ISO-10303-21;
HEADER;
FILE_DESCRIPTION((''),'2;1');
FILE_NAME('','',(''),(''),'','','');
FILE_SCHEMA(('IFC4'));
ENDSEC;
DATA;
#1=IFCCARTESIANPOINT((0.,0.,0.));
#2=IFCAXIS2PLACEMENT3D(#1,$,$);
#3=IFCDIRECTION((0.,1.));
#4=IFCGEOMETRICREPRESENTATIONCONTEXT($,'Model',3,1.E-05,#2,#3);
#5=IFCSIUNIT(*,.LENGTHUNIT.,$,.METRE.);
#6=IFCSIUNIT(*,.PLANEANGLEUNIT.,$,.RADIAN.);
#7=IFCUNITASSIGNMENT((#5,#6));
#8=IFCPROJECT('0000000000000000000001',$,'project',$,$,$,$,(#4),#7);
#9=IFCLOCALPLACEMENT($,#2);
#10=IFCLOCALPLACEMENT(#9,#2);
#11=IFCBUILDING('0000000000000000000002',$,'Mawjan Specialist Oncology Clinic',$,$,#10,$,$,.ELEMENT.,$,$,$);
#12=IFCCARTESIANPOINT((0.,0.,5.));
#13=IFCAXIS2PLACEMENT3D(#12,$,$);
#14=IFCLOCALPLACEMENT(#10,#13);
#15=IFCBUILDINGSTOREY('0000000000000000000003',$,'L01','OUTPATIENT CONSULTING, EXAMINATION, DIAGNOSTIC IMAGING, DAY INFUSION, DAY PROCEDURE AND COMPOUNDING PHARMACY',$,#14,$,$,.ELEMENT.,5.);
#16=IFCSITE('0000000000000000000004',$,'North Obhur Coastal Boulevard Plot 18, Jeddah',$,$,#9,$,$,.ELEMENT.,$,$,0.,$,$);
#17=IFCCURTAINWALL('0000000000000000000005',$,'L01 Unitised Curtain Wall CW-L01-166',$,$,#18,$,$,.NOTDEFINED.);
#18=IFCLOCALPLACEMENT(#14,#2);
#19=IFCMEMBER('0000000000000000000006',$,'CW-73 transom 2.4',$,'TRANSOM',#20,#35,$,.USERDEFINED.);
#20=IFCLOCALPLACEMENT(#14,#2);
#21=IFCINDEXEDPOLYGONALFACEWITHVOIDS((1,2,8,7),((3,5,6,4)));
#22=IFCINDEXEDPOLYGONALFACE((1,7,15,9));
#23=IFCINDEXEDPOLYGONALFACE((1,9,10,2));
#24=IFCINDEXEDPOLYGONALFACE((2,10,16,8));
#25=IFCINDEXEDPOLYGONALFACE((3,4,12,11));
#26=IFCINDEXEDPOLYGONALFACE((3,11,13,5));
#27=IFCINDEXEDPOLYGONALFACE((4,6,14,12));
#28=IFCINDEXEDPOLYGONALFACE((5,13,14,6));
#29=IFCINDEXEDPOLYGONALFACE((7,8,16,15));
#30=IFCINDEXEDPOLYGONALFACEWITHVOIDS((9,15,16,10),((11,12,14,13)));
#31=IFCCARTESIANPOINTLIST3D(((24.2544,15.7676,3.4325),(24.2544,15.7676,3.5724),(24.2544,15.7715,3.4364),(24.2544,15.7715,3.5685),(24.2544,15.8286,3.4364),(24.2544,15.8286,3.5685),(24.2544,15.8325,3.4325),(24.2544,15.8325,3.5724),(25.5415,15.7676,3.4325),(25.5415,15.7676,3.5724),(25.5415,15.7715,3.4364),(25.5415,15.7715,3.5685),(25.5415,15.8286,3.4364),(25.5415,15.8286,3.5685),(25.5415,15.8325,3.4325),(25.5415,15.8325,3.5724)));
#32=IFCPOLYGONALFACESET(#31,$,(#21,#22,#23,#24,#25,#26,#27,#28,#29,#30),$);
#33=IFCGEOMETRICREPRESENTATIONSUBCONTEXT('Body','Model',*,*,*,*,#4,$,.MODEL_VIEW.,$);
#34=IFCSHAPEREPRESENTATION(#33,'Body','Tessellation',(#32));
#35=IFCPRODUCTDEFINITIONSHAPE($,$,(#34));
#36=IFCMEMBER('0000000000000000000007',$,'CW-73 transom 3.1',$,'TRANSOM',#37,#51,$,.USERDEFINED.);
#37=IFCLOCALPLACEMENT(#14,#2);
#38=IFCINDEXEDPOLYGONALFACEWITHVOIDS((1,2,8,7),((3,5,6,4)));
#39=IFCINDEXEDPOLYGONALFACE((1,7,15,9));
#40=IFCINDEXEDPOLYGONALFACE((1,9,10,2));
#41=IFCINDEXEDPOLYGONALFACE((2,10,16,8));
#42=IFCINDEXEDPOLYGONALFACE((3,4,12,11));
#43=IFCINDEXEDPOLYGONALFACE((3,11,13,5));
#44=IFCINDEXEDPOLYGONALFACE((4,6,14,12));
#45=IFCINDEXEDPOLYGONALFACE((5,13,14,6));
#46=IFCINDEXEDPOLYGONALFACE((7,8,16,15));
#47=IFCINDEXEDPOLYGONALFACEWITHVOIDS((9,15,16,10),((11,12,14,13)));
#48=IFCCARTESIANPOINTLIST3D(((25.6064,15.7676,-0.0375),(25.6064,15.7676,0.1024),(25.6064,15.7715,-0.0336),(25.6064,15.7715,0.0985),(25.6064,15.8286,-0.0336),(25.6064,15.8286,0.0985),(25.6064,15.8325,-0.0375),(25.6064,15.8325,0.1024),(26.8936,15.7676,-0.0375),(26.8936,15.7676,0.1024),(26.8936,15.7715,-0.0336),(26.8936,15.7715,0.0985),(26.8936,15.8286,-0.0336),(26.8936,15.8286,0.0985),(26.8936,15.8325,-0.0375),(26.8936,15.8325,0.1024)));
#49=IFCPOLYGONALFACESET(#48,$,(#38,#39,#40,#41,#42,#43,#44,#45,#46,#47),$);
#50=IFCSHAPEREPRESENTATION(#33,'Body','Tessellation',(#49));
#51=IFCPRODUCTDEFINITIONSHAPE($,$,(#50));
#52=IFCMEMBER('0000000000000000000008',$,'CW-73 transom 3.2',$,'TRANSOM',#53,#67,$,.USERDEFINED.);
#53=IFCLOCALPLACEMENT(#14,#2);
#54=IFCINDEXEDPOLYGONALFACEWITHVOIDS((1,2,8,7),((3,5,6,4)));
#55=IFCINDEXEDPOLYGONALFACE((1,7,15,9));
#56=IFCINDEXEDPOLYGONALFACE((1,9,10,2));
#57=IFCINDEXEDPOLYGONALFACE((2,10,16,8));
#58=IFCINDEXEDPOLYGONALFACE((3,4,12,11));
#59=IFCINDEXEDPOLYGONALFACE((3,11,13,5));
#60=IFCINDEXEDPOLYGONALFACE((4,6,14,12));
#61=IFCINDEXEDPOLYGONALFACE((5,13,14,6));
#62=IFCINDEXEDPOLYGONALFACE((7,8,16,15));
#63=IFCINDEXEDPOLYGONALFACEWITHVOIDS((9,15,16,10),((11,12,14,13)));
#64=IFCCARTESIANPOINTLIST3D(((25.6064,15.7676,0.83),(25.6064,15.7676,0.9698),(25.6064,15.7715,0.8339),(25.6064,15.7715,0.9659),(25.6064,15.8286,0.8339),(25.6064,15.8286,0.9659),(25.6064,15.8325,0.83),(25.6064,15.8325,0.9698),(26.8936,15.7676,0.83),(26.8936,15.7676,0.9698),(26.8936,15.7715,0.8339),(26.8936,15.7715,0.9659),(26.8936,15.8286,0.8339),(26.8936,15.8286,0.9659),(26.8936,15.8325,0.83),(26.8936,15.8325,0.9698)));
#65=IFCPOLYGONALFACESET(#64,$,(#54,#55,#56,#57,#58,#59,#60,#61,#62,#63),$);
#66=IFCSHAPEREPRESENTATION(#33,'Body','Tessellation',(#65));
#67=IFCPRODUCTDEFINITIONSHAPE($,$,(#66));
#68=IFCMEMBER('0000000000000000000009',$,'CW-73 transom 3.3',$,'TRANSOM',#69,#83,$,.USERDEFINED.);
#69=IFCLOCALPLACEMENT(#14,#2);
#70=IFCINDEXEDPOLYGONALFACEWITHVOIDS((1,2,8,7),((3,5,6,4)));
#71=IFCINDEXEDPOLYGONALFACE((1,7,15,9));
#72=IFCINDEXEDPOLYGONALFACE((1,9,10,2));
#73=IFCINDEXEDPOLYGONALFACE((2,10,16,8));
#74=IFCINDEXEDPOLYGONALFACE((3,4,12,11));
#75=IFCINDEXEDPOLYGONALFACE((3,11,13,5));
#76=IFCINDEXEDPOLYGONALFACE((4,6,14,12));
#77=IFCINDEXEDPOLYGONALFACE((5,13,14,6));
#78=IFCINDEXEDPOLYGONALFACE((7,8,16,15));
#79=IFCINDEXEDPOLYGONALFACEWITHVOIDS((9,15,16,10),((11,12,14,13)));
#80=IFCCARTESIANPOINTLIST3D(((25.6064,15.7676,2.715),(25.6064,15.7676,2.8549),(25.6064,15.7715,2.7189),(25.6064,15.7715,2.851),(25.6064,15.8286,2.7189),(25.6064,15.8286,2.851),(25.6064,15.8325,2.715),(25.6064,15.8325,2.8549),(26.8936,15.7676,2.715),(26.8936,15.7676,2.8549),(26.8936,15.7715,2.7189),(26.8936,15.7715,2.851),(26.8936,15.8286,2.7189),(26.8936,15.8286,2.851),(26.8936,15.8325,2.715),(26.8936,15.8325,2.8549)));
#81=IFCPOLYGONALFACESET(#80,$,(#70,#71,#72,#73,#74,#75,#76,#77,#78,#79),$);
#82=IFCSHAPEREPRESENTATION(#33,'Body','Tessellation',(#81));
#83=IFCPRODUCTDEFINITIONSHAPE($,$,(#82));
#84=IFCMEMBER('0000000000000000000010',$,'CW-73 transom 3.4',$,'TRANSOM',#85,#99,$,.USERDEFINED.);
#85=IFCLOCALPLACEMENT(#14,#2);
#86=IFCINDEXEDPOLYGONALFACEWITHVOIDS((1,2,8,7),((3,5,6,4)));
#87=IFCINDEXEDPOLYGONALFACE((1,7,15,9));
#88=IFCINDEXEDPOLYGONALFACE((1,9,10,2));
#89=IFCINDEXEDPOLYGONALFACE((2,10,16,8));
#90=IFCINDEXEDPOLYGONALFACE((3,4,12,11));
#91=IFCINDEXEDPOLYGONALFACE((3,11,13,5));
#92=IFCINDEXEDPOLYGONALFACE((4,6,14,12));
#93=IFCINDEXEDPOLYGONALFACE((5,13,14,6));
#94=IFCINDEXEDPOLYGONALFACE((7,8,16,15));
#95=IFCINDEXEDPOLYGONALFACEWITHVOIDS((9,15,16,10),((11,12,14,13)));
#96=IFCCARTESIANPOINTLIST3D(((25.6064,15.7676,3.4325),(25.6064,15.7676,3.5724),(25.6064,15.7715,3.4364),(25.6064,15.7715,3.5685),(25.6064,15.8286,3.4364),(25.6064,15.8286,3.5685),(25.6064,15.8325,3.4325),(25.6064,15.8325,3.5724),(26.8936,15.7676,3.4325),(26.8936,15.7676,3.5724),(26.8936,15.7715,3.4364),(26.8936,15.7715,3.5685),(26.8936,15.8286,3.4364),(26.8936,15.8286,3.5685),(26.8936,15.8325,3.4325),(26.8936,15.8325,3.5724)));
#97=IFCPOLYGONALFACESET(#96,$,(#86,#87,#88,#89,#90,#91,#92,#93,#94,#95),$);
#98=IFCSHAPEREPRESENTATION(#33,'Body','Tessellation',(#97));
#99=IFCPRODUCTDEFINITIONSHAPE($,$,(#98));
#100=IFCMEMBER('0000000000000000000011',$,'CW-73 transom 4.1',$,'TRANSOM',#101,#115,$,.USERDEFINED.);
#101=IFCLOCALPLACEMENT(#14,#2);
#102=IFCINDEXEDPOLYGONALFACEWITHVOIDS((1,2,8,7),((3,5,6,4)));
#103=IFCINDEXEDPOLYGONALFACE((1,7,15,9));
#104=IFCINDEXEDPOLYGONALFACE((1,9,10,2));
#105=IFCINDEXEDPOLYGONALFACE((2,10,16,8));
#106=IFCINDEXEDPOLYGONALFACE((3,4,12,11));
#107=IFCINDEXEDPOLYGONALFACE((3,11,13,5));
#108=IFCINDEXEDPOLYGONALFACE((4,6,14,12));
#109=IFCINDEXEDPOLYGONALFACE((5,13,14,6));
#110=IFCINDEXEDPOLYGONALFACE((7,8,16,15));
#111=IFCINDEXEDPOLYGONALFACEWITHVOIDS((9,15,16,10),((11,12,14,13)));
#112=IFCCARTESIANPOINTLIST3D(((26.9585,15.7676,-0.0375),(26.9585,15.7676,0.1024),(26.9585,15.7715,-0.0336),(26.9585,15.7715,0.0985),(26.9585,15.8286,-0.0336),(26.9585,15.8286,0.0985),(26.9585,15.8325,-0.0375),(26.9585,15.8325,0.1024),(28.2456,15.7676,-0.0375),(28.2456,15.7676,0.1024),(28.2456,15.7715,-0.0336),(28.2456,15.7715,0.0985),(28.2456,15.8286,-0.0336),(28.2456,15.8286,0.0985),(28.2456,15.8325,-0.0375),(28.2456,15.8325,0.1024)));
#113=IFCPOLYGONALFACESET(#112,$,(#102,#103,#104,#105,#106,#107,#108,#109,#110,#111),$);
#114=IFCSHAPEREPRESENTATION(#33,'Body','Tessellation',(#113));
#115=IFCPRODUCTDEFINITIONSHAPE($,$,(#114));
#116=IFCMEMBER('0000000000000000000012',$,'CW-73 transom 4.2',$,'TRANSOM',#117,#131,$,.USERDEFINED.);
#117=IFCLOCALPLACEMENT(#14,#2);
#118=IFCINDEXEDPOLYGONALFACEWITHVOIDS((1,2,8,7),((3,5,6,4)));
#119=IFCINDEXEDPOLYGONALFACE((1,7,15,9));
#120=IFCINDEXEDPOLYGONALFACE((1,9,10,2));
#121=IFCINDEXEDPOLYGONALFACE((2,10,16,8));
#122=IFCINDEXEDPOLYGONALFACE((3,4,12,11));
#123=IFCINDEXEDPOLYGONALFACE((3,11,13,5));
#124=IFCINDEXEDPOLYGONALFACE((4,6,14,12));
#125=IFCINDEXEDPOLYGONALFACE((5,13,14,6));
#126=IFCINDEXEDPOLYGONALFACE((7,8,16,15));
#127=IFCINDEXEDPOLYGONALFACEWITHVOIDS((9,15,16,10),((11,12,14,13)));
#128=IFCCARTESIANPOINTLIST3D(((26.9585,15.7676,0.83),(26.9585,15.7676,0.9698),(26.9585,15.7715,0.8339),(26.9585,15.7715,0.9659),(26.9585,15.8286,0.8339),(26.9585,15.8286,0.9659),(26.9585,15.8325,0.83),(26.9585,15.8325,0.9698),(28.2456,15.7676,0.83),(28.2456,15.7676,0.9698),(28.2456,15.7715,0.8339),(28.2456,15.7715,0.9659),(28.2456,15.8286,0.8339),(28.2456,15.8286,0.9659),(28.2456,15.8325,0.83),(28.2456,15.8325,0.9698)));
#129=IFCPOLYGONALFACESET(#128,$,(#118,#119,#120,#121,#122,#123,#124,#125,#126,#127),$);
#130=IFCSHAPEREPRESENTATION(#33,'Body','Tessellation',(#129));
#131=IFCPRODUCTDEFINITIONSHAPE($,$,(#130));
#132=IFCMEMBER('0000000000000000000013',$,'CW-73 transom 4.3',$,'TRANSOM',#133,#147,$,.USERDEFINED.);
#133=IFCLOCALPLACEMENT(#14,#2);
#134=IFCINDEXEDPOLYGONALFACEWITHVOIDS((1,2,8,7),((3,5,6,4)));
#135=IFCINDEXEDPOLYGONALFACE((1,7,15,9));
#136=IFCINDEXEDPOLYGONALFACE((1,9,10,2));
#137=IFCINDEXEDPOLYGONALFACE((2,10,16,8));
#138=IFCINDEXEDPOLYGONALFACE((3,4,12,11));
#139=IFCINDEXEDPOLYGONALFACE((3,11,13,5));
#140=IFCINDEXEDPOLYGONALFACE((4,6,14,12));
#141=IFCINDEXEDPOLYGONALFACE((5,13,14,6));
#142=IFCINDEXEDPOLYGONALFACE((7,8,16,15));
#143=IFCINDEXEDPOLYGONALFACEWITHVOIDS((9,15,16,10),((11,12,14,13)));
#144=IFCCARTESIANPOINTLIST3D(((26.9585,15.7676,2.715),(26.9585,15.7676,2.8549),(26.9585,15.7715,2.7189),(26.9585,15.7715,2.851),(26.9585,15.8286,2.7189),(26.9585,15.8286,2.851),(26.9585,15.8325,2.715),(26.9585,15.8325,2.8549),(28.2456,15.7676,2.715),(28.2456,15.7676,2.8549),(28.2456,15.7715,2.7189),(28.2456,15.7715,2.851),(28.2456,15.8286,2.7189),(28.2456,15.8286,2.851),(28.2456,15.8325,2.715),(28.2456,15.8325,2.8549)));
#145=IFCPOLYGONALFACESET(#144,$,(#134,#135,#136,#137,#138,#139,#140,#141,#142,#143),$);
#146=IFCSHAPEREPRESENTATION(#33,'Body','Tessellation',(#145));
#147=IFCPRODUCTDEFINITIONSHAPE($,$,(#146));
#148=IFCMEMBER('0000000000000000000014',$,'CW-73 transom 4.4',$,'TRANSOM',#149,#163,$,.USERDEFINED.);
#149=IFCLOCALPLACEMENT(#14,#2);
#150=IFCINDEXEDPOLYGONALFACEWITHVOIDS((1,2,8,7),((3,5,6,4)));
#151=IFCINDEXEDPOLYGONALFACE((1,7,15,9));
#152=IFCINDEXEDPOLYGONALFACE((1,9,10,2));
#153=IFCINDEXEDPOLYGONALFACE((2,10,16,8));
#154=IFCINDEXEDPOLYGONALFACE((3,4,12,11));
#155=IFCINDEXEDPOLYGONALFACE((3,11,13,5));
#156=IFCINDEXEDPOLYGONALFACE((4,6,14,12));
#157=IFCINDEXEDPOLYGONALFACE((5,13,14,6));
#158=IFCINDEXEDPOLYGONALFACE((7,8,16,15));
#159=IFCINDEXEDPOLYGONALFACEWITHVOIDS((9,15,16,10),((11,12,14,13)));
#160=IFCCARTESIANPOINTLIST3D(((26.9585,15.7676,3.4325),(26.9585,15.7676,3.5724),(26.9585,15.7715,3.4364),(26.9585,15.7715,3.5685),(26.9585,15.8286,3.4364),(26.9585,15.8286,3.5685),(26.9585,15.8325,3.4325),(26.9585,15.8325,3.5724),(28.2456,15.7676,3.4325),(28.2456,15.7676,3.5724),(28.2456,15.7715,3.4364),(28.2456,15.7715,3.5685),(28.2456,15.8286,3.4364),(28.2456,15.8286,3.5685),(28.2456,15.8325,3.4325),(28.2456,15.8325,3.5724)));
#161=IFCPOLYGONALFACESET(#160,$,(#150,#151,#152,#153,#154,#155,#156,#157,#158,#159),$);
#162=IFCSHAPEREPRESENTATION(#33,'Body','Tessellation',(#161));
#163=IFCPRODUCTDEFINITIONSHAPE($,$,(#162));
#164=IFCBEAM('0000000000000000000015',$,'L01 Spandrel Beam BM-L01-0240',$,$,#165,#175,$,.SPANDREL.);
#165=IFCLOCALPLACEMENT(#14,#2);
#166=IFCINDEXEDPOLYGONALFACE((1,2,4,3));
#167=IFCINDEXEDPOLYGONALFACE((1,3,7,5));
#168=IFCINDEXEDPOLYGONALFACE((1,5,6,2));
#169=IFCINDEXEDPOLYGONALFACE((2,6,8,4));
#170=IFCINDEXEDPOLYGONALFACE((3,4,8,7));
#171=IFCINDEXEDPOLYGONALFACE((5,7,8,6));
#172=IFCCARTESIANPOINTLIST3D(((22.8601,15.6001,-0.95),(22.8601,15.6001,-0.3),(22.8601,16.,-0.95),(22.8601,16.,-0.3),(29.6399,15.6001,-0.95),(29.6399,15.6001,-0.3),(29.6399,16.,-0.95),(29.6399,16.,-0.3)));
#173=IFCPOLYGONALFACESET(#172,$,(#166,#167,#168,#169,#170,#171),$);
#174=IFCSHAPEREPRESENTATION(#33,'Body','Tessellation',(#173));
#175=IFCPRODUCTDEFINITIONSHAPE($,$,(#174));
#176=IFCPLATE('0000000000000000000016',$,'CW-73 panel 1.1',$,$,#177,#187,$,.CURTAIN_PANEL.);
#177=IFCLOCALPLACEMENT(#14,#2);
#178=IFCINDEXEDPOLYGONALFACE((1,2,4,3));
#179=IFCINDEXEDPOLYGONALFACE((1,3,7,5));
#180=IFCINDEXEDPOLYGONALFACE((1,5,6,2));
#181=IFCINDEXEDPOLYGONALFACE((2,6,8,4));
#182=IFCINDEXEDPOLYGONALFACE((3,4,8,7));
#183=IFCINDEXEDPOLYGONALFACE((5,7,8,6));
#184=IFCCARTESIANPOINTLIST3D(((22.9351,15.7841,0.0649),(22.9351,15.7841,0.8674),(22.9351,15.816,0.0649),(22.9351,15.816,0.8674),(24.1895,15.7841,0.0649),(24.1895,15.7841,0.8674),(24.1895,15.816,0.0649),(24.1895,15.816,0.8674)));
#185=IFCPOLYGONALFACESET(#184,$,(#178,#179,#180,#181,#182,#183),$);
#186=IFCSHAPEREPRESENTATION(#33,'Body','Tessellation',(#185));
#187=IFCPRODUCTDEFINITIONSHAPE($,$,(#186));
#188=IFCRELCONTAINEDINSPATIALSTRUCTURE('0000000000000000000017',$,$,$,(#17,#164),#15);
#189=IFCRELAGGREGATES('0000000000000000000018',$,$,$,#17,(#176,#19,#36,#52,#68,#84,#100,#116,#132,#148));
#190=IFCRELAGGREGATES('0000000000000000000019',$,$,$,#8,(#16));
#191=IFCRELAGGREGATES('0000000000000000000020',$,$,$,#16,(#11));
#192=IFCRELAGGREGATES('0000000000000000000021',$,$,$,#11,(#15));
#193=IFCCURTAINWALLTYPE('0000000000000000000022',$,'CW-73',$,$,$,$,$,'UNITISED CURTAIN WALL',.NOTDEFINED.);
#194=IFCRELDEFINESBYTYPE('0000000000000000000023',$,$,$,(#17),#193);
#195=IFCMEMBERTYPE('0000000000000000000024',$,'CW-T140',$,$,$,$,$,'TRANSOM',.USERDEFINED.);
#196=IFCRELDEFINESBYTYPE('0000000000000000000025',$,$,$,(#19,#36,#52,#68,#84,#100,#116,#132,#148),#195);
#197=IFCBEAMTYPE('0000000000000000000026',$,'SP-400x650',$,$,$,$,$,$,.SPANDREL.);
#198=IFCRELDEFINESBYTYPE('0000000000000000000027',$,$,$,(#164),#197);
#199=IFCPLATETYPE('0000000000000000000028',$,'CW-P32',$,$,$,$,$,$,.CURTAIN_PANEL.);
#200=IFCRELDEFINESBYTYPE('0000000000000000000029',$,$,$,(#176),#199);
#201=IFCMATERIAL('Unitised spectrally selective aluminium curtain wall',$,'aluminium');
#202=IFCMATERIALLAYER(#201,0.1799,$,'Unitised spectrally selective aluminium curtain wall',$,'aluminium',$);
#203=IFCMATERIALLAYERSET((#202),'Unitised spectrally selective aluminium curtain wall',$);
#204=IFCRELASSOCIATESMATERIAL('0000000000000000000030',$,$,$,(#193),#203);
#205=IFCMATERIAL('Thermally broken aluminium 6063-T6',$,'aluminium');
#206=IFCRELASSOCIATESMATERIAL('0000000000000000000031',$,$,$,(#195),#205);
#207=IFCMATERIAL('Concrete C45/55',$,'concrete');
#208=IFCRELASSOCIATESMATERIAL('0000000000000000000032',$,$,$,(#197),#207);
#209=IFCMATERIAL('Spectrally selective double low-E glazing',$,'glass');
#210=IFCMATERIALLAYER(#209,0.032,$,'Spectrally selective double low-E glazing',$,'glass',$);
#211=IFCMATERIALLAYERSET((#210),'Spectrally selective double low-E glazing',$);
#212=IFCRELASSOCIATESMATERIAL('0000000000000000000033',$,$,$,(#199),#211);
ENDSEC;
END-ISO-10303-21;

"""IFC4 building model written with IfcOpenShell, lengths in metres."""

from ifc_helpers import new_model, si_unit, direction, frame, origin, origin_2d, place, context, subcontext, project, spatial, rectangle, hollow_rectangle, extrude, material, layer, layer_set, material_profile, profile_set, type_object, element, aggregate, save


model = new_model("IFC4")

# Units and contexts
model_context = context("Model", 3, precision=1e-05, world=origin(), true_north=direction((0.0, 1.0)))
body_context = subcontext(model_context, "Body", "Model", "MODEL_VIEW")
ifc_project = project(units=[si_unit("LENGTHUNIT", "METRE"), si_unit("PLANEANGLEUNIT", "RADIAN")], contexts=[model_context])

# Site, building, storey
site_placement = place(None, origin())
site = spatial("IfcSite", under=ifc_project, at=site_placement, Name="North Obhur Coastal Boulevard Plot 18, Jeddah", CompositionType="ELEMENT", RefElevation=0.0)
building_placement = place(site_placement, origin())
building = spatial("IfcBuilding", under=site, at=building_placement, Name="Mawjan Specialist Oncology Clinic", CompositionType="ELEMENT")
storey_placement = place(building_placement, frame((0.0, 0.0, 5.0)))
storey = spatial("IfcBuildingStorey", under=building, at=storey_placement, Name="L01", Description="OUTPATIENT CONSULTING, EXAMINATION, DIAGNOSTIC IMAGING, DAY INFUSION, DAY PROCEDURE AND COMPOUNDING PHARMACY", CompositionType="ELEMENT", Elevation=5.0)

# Curtain wall, members
ifc_material_1 = material(Name="Unitised spectrally selective aluminium curtain wall", Category="aluminium")
ifc_layer_1 = layer(ifc_material_1, 0.1799, Name="Unitised spectrally selective aluminium curtain wall", Category="aluminium")
ifc_layer_set_1 = layer_set([ifc_layer_1], Name="Unitised spectrally selective aluminium curtain wall")
curtain_wall_type = type_object("IfcCurtainWallType", Name="CW-73", ElementType="UNITISED CURTAIN WALL", PredefinedType="NOTDEFINED", material=ifc_layer_set_1)
curtain_wall_placement = place(storey_placement, origin())
curtain_wall = element("IfcCurtainWall", 1, at=curtain_wall_placement, inside=storey, type_object=curtain_wall_type, Name="L01 Unitised Curtain Wall CW-L01-166", PredefinedType="NOTDEFINED")
ifc_material_2 = material(Name="Thermally broken aluminium 6063-T6", Category="aluminium")
ifc_material_profile_1 = material_profile(ifc_material_2, hollow_rectangle(XDim=0.0649, YDim=0.1399, WallThickness=0.0039, at=origin_2d()), Name="ALU TRANSOM 140x65x4", Category="aluminium")
ifc_profile_set_1 = profile_set([ifc_material_profile_1], Name="Thermally broken aluminium 6063-T6")
member_type_1 = type_object("IfcMemberType", Name="CW-T140", ElementType="TRANSOM", PredefinedType="USERDEFINED", material=ifc_profile_set_1)
member_1_placement = place(storey_placement, frame((24.2544, 15.8, 3.5024), z_axis=(1.0, 0.0, 0.0), x_axis=(0.0, 1.0, 0.0)))
member_1 = element("IfcMember", 2, at=member_1_placement, type_object=member_type_1, Name="CW-73 transom 2.4", ObjectType="TRANSOM", PredefinedType="USERDEFINED", context=body_context, shape_type="SweptSolid", body=[
    extrude(hollow_rectangle(XDim=0.0649, YDim=0.1399, WallThickness=0.0039, at=origin_2d()), origin(), (0.0, 0.0, 1.0), 1.2871),
])
member_2_placement = place(storey_placement, frame((25.6064, 15.8, 0.0325), z_axis=(1.0, 0.0, 0.0), x_axis=(0.0, 1.0, 0.0)))
member_2 = element("IfcMember", 3, at=member_2_placement, type_object=member_type_1, Name="CW-73 transom 3.1", ObjectType="TRANSOM", PredefinedType="USERDEFINED", context=body_context, shape_type="SweptSolid", body=[
    extrude(hollow_rectangle(XDim=0.0649, YDim=0.1399, WallThickness=0.0039, at=origin_2d()), origin(), (0.0, 0.0, 1.0), 1.2871),
])
member_3_placement = place(storey_placement, frame((25.6064, 15.8, 0.8999), z_axis=(1.0, 0.0, 0.0), x_axis=(0.0, 1.0, 0.0)))
member_3 = element("IfcMember", 4, at=member_3_placement, type_object=member_type_1, Name="CW-73 transom 3.2", ObjectType="TRANSOM", PredefinedType="USERDEFINED", context=body_context, shape_type="SweptSolid", body=[
    extrude(hollow_rectangle(XDim=0.0649, YDim=0.1399, WallThickness=0.0039, at=origin_2d()), origin(), (0.0, 0.0, 1.0), 1.2871),
])
member_4_placement = place(storey_placement, frame((25.6064, 15.8, 2.7849), z_axis=(1.0, 0.0, 0.0), x_axis=(0.0, 1.0, 0.0)))
member_4 = element("IfcMember", 5, at=member_4_placement, type_object=member_type_1, Name="CW-73 transom 3.3", ObjectType="TRANSOM", PredefinedType="USERDEFINED", context=body_context, shape_type="SweptSolid", body=[
    extrude(hollow_rectangle(XDim=0.0649, YDim=0.1399, WallThickness=0.0039, at=origin_2d()), origin(), (0.0, 0.0, 1.0), 1.2871),
])
member_5_placement = place(storey_placement, frame((25.6064, 15.8, 3.5024), z_axis=(1.0, 0.0, 0.0), x_axis=(0.0, 1.0, 0.0)))
member_5 = element("IfcMember", 6, at=member_5_placement, type_object=member_type_1, Name="CW-73 transom 3.4", ObjectType="TRANSOM", PredefinedType="USERDEFINED", context=body_context, shape_type="SweptSolid", body=[
    extrude(hollow_rectangle(XDim=0.0649, YDim=0.1399, WallThickness=0.0039, at=origin_2d()), origin(), (0.0, 0.0, 1.0), 1.2871),
])
member_6_placement = place(storey_placement, frame((26.9585, 15.8, 0.0325), z_axis=(1.0, 0.0, 0.0), x_axis=(0.0, 1.0, 0.0)))
member_6 = element("IfcMember", 7, at=member_6_placement, type_object=member_type_1, Name="CW-73 transom 4.1", ObjectType="TRANSOM", PredefinedType="USERDEFINED", context=body_context, shape_type="SweptSolid", body=[
    extrude(hollow_rectangle(XDim=0.0649, YDim=0.1399, WallThickness=0.0039, at=origin_2d()), origin(), (0.0, 0.0, 1.0), 1.2871),
])
member_7_placement = place(storey_placement, frame((26.9585, 15.8, 0.8999), z_axis=(1.0, 0.0, 0.0), x_axis=(0.0, 1.0, 0.0)))
member_7 = element("IfcMember", 8, at=member_7_placement, type_object=member_type_1, Name="CW-73 transom 4.2", ObjectType="TRANSOM", PredefinedType="USERDEFINED", context=body_context, shape_type="SweptSolid", body=[
    extrude(hollow_rectangle(XDim=0.0649, YDim=0.1399, WallThickness=0.0039, at=origin_2d()), origin(), (0.0, 0.0, 1.0), 1.2871),
])
member_8_placement = place(storey_placement, frame((26.9585, 15.8, 2.7849), z_axis=(1.0, 0.0, 0.0), x_axis=(0.0, 1.0, 0.0)))
member_8 = element("IfcMember", 9, at=member_8_placement, type_object=member_type_1, Name="CW-73 transom 4.3", ObjectType="TRANSOM", PredefinedType="USERDEFINED", context=body_context, shape_type="SweptSolid", body=[
    extrude(hollow_rectangle(XDim=0.0649, YDim=0.1399, WallThickness=0.0039, at=origin_2d()), origin(), (0.0, 0.0, 1.0), 1.2871),
])
member_9_placement = place(storey_placement, frame((26.9585, 15.8, 3.5024), z_axis=(1.0, 0.0, 0.0), x_axis=(0.0, 1.0, 0.0)))
member_9 = element("IfcMember", 10, at=member_9_placement, type_object=member_type_1, Name="CW-73 transom 4.4", ObjectType="TRANSOM", PredefinedType="USERDEFINED", context=body_context, shape_type="SweptSolid", body=[
    extrude(hollow_rectangle(XDim=0.0649, YDim=0.1399, WallThickness=0.0039, at=origin_2d()), origin(), (0.0, 0.0, 1.0), 1.2871),
])

# Beam
ifc_material_3 = material(Name="Concrete C45/55", Category="concrete")
ifc_material_profile_2 = material_profile(ifc_material_3, rectangle(XDim=0.3999, YDim=0.6499, at=origin_2d()), Name="RC BM 400x650", Category="concrete")
ifc_profile_set_2 = profile_set([ifc_material_profile_2], Name="Concrete C45/55")
beam_type = type_object("IfcBeamType", Name="SP-400x650", PredefinedType="SPANDREL", material=ifc_profile_set_2)
beam_placement = place(storey_placement, frame((22.8601, 15.8, -0.625), z_axis=(1.0, 0.0, 0.0), x_axis=(0.0, 1.0, 0.0)))
element("IfcBeam", 11, at=beam_placement, inside=storey, type_object=beam_type, Name="L01 Spandrel Beam BM-L01-0240", PredefinedType="SPANDREL", context=body_context, shape_type="SweptSolid", body=[
    extrude(rectangle(XDim=0.3999, YDim=0.6499, at=origin_2d()), origin(), (0.0, 0.0, 1.0), 6.7798),
])

# Plate
ifc_material_4 = material(Name="Spectrally selective double low-E glazing", Category="glass")
ifc_layer_2 = layer(ifc_material_4, 0.032, Name="Spectrally selective double low-E glazing", Category="glass")
ifc_layer_set_2 = layer_set([ifc_layer_2], Name="Spectrally selective double low-E glazing")
plate_type = type_object("IfcPlateType", Name="CW-P32", PredefinedType="CURTAIN_PANEL", material=ifc_layer_set_2)
plate_1_placement = place(storey_placement, frame((23.5623, 15.8, 0.0649), z_axis=(0.0, 0.0, 1.0), x_axis=(1.0, 0.0, 0.0)))
plate_1 = element("IfcPlate", 12, at=plate_1_placement, type_object=plate_type, Name="CW-73 panel 1.1", PredefinedType="CURTAIN_PANEL", context=body_context, shape_type="SweptSolid", body=[
    extrude(rectangle(XDim=1.2544, YDim=0.032, at=origin_2d()), origin(), (0.0, 0.0, 1.0), 0.8025),
])
aggregate(curtain_wall, [plate_1, member_1, member_2, member_3, member_4, member_5, member_6, member_7, member_8, member_9])

save(model, "model.ifc")
